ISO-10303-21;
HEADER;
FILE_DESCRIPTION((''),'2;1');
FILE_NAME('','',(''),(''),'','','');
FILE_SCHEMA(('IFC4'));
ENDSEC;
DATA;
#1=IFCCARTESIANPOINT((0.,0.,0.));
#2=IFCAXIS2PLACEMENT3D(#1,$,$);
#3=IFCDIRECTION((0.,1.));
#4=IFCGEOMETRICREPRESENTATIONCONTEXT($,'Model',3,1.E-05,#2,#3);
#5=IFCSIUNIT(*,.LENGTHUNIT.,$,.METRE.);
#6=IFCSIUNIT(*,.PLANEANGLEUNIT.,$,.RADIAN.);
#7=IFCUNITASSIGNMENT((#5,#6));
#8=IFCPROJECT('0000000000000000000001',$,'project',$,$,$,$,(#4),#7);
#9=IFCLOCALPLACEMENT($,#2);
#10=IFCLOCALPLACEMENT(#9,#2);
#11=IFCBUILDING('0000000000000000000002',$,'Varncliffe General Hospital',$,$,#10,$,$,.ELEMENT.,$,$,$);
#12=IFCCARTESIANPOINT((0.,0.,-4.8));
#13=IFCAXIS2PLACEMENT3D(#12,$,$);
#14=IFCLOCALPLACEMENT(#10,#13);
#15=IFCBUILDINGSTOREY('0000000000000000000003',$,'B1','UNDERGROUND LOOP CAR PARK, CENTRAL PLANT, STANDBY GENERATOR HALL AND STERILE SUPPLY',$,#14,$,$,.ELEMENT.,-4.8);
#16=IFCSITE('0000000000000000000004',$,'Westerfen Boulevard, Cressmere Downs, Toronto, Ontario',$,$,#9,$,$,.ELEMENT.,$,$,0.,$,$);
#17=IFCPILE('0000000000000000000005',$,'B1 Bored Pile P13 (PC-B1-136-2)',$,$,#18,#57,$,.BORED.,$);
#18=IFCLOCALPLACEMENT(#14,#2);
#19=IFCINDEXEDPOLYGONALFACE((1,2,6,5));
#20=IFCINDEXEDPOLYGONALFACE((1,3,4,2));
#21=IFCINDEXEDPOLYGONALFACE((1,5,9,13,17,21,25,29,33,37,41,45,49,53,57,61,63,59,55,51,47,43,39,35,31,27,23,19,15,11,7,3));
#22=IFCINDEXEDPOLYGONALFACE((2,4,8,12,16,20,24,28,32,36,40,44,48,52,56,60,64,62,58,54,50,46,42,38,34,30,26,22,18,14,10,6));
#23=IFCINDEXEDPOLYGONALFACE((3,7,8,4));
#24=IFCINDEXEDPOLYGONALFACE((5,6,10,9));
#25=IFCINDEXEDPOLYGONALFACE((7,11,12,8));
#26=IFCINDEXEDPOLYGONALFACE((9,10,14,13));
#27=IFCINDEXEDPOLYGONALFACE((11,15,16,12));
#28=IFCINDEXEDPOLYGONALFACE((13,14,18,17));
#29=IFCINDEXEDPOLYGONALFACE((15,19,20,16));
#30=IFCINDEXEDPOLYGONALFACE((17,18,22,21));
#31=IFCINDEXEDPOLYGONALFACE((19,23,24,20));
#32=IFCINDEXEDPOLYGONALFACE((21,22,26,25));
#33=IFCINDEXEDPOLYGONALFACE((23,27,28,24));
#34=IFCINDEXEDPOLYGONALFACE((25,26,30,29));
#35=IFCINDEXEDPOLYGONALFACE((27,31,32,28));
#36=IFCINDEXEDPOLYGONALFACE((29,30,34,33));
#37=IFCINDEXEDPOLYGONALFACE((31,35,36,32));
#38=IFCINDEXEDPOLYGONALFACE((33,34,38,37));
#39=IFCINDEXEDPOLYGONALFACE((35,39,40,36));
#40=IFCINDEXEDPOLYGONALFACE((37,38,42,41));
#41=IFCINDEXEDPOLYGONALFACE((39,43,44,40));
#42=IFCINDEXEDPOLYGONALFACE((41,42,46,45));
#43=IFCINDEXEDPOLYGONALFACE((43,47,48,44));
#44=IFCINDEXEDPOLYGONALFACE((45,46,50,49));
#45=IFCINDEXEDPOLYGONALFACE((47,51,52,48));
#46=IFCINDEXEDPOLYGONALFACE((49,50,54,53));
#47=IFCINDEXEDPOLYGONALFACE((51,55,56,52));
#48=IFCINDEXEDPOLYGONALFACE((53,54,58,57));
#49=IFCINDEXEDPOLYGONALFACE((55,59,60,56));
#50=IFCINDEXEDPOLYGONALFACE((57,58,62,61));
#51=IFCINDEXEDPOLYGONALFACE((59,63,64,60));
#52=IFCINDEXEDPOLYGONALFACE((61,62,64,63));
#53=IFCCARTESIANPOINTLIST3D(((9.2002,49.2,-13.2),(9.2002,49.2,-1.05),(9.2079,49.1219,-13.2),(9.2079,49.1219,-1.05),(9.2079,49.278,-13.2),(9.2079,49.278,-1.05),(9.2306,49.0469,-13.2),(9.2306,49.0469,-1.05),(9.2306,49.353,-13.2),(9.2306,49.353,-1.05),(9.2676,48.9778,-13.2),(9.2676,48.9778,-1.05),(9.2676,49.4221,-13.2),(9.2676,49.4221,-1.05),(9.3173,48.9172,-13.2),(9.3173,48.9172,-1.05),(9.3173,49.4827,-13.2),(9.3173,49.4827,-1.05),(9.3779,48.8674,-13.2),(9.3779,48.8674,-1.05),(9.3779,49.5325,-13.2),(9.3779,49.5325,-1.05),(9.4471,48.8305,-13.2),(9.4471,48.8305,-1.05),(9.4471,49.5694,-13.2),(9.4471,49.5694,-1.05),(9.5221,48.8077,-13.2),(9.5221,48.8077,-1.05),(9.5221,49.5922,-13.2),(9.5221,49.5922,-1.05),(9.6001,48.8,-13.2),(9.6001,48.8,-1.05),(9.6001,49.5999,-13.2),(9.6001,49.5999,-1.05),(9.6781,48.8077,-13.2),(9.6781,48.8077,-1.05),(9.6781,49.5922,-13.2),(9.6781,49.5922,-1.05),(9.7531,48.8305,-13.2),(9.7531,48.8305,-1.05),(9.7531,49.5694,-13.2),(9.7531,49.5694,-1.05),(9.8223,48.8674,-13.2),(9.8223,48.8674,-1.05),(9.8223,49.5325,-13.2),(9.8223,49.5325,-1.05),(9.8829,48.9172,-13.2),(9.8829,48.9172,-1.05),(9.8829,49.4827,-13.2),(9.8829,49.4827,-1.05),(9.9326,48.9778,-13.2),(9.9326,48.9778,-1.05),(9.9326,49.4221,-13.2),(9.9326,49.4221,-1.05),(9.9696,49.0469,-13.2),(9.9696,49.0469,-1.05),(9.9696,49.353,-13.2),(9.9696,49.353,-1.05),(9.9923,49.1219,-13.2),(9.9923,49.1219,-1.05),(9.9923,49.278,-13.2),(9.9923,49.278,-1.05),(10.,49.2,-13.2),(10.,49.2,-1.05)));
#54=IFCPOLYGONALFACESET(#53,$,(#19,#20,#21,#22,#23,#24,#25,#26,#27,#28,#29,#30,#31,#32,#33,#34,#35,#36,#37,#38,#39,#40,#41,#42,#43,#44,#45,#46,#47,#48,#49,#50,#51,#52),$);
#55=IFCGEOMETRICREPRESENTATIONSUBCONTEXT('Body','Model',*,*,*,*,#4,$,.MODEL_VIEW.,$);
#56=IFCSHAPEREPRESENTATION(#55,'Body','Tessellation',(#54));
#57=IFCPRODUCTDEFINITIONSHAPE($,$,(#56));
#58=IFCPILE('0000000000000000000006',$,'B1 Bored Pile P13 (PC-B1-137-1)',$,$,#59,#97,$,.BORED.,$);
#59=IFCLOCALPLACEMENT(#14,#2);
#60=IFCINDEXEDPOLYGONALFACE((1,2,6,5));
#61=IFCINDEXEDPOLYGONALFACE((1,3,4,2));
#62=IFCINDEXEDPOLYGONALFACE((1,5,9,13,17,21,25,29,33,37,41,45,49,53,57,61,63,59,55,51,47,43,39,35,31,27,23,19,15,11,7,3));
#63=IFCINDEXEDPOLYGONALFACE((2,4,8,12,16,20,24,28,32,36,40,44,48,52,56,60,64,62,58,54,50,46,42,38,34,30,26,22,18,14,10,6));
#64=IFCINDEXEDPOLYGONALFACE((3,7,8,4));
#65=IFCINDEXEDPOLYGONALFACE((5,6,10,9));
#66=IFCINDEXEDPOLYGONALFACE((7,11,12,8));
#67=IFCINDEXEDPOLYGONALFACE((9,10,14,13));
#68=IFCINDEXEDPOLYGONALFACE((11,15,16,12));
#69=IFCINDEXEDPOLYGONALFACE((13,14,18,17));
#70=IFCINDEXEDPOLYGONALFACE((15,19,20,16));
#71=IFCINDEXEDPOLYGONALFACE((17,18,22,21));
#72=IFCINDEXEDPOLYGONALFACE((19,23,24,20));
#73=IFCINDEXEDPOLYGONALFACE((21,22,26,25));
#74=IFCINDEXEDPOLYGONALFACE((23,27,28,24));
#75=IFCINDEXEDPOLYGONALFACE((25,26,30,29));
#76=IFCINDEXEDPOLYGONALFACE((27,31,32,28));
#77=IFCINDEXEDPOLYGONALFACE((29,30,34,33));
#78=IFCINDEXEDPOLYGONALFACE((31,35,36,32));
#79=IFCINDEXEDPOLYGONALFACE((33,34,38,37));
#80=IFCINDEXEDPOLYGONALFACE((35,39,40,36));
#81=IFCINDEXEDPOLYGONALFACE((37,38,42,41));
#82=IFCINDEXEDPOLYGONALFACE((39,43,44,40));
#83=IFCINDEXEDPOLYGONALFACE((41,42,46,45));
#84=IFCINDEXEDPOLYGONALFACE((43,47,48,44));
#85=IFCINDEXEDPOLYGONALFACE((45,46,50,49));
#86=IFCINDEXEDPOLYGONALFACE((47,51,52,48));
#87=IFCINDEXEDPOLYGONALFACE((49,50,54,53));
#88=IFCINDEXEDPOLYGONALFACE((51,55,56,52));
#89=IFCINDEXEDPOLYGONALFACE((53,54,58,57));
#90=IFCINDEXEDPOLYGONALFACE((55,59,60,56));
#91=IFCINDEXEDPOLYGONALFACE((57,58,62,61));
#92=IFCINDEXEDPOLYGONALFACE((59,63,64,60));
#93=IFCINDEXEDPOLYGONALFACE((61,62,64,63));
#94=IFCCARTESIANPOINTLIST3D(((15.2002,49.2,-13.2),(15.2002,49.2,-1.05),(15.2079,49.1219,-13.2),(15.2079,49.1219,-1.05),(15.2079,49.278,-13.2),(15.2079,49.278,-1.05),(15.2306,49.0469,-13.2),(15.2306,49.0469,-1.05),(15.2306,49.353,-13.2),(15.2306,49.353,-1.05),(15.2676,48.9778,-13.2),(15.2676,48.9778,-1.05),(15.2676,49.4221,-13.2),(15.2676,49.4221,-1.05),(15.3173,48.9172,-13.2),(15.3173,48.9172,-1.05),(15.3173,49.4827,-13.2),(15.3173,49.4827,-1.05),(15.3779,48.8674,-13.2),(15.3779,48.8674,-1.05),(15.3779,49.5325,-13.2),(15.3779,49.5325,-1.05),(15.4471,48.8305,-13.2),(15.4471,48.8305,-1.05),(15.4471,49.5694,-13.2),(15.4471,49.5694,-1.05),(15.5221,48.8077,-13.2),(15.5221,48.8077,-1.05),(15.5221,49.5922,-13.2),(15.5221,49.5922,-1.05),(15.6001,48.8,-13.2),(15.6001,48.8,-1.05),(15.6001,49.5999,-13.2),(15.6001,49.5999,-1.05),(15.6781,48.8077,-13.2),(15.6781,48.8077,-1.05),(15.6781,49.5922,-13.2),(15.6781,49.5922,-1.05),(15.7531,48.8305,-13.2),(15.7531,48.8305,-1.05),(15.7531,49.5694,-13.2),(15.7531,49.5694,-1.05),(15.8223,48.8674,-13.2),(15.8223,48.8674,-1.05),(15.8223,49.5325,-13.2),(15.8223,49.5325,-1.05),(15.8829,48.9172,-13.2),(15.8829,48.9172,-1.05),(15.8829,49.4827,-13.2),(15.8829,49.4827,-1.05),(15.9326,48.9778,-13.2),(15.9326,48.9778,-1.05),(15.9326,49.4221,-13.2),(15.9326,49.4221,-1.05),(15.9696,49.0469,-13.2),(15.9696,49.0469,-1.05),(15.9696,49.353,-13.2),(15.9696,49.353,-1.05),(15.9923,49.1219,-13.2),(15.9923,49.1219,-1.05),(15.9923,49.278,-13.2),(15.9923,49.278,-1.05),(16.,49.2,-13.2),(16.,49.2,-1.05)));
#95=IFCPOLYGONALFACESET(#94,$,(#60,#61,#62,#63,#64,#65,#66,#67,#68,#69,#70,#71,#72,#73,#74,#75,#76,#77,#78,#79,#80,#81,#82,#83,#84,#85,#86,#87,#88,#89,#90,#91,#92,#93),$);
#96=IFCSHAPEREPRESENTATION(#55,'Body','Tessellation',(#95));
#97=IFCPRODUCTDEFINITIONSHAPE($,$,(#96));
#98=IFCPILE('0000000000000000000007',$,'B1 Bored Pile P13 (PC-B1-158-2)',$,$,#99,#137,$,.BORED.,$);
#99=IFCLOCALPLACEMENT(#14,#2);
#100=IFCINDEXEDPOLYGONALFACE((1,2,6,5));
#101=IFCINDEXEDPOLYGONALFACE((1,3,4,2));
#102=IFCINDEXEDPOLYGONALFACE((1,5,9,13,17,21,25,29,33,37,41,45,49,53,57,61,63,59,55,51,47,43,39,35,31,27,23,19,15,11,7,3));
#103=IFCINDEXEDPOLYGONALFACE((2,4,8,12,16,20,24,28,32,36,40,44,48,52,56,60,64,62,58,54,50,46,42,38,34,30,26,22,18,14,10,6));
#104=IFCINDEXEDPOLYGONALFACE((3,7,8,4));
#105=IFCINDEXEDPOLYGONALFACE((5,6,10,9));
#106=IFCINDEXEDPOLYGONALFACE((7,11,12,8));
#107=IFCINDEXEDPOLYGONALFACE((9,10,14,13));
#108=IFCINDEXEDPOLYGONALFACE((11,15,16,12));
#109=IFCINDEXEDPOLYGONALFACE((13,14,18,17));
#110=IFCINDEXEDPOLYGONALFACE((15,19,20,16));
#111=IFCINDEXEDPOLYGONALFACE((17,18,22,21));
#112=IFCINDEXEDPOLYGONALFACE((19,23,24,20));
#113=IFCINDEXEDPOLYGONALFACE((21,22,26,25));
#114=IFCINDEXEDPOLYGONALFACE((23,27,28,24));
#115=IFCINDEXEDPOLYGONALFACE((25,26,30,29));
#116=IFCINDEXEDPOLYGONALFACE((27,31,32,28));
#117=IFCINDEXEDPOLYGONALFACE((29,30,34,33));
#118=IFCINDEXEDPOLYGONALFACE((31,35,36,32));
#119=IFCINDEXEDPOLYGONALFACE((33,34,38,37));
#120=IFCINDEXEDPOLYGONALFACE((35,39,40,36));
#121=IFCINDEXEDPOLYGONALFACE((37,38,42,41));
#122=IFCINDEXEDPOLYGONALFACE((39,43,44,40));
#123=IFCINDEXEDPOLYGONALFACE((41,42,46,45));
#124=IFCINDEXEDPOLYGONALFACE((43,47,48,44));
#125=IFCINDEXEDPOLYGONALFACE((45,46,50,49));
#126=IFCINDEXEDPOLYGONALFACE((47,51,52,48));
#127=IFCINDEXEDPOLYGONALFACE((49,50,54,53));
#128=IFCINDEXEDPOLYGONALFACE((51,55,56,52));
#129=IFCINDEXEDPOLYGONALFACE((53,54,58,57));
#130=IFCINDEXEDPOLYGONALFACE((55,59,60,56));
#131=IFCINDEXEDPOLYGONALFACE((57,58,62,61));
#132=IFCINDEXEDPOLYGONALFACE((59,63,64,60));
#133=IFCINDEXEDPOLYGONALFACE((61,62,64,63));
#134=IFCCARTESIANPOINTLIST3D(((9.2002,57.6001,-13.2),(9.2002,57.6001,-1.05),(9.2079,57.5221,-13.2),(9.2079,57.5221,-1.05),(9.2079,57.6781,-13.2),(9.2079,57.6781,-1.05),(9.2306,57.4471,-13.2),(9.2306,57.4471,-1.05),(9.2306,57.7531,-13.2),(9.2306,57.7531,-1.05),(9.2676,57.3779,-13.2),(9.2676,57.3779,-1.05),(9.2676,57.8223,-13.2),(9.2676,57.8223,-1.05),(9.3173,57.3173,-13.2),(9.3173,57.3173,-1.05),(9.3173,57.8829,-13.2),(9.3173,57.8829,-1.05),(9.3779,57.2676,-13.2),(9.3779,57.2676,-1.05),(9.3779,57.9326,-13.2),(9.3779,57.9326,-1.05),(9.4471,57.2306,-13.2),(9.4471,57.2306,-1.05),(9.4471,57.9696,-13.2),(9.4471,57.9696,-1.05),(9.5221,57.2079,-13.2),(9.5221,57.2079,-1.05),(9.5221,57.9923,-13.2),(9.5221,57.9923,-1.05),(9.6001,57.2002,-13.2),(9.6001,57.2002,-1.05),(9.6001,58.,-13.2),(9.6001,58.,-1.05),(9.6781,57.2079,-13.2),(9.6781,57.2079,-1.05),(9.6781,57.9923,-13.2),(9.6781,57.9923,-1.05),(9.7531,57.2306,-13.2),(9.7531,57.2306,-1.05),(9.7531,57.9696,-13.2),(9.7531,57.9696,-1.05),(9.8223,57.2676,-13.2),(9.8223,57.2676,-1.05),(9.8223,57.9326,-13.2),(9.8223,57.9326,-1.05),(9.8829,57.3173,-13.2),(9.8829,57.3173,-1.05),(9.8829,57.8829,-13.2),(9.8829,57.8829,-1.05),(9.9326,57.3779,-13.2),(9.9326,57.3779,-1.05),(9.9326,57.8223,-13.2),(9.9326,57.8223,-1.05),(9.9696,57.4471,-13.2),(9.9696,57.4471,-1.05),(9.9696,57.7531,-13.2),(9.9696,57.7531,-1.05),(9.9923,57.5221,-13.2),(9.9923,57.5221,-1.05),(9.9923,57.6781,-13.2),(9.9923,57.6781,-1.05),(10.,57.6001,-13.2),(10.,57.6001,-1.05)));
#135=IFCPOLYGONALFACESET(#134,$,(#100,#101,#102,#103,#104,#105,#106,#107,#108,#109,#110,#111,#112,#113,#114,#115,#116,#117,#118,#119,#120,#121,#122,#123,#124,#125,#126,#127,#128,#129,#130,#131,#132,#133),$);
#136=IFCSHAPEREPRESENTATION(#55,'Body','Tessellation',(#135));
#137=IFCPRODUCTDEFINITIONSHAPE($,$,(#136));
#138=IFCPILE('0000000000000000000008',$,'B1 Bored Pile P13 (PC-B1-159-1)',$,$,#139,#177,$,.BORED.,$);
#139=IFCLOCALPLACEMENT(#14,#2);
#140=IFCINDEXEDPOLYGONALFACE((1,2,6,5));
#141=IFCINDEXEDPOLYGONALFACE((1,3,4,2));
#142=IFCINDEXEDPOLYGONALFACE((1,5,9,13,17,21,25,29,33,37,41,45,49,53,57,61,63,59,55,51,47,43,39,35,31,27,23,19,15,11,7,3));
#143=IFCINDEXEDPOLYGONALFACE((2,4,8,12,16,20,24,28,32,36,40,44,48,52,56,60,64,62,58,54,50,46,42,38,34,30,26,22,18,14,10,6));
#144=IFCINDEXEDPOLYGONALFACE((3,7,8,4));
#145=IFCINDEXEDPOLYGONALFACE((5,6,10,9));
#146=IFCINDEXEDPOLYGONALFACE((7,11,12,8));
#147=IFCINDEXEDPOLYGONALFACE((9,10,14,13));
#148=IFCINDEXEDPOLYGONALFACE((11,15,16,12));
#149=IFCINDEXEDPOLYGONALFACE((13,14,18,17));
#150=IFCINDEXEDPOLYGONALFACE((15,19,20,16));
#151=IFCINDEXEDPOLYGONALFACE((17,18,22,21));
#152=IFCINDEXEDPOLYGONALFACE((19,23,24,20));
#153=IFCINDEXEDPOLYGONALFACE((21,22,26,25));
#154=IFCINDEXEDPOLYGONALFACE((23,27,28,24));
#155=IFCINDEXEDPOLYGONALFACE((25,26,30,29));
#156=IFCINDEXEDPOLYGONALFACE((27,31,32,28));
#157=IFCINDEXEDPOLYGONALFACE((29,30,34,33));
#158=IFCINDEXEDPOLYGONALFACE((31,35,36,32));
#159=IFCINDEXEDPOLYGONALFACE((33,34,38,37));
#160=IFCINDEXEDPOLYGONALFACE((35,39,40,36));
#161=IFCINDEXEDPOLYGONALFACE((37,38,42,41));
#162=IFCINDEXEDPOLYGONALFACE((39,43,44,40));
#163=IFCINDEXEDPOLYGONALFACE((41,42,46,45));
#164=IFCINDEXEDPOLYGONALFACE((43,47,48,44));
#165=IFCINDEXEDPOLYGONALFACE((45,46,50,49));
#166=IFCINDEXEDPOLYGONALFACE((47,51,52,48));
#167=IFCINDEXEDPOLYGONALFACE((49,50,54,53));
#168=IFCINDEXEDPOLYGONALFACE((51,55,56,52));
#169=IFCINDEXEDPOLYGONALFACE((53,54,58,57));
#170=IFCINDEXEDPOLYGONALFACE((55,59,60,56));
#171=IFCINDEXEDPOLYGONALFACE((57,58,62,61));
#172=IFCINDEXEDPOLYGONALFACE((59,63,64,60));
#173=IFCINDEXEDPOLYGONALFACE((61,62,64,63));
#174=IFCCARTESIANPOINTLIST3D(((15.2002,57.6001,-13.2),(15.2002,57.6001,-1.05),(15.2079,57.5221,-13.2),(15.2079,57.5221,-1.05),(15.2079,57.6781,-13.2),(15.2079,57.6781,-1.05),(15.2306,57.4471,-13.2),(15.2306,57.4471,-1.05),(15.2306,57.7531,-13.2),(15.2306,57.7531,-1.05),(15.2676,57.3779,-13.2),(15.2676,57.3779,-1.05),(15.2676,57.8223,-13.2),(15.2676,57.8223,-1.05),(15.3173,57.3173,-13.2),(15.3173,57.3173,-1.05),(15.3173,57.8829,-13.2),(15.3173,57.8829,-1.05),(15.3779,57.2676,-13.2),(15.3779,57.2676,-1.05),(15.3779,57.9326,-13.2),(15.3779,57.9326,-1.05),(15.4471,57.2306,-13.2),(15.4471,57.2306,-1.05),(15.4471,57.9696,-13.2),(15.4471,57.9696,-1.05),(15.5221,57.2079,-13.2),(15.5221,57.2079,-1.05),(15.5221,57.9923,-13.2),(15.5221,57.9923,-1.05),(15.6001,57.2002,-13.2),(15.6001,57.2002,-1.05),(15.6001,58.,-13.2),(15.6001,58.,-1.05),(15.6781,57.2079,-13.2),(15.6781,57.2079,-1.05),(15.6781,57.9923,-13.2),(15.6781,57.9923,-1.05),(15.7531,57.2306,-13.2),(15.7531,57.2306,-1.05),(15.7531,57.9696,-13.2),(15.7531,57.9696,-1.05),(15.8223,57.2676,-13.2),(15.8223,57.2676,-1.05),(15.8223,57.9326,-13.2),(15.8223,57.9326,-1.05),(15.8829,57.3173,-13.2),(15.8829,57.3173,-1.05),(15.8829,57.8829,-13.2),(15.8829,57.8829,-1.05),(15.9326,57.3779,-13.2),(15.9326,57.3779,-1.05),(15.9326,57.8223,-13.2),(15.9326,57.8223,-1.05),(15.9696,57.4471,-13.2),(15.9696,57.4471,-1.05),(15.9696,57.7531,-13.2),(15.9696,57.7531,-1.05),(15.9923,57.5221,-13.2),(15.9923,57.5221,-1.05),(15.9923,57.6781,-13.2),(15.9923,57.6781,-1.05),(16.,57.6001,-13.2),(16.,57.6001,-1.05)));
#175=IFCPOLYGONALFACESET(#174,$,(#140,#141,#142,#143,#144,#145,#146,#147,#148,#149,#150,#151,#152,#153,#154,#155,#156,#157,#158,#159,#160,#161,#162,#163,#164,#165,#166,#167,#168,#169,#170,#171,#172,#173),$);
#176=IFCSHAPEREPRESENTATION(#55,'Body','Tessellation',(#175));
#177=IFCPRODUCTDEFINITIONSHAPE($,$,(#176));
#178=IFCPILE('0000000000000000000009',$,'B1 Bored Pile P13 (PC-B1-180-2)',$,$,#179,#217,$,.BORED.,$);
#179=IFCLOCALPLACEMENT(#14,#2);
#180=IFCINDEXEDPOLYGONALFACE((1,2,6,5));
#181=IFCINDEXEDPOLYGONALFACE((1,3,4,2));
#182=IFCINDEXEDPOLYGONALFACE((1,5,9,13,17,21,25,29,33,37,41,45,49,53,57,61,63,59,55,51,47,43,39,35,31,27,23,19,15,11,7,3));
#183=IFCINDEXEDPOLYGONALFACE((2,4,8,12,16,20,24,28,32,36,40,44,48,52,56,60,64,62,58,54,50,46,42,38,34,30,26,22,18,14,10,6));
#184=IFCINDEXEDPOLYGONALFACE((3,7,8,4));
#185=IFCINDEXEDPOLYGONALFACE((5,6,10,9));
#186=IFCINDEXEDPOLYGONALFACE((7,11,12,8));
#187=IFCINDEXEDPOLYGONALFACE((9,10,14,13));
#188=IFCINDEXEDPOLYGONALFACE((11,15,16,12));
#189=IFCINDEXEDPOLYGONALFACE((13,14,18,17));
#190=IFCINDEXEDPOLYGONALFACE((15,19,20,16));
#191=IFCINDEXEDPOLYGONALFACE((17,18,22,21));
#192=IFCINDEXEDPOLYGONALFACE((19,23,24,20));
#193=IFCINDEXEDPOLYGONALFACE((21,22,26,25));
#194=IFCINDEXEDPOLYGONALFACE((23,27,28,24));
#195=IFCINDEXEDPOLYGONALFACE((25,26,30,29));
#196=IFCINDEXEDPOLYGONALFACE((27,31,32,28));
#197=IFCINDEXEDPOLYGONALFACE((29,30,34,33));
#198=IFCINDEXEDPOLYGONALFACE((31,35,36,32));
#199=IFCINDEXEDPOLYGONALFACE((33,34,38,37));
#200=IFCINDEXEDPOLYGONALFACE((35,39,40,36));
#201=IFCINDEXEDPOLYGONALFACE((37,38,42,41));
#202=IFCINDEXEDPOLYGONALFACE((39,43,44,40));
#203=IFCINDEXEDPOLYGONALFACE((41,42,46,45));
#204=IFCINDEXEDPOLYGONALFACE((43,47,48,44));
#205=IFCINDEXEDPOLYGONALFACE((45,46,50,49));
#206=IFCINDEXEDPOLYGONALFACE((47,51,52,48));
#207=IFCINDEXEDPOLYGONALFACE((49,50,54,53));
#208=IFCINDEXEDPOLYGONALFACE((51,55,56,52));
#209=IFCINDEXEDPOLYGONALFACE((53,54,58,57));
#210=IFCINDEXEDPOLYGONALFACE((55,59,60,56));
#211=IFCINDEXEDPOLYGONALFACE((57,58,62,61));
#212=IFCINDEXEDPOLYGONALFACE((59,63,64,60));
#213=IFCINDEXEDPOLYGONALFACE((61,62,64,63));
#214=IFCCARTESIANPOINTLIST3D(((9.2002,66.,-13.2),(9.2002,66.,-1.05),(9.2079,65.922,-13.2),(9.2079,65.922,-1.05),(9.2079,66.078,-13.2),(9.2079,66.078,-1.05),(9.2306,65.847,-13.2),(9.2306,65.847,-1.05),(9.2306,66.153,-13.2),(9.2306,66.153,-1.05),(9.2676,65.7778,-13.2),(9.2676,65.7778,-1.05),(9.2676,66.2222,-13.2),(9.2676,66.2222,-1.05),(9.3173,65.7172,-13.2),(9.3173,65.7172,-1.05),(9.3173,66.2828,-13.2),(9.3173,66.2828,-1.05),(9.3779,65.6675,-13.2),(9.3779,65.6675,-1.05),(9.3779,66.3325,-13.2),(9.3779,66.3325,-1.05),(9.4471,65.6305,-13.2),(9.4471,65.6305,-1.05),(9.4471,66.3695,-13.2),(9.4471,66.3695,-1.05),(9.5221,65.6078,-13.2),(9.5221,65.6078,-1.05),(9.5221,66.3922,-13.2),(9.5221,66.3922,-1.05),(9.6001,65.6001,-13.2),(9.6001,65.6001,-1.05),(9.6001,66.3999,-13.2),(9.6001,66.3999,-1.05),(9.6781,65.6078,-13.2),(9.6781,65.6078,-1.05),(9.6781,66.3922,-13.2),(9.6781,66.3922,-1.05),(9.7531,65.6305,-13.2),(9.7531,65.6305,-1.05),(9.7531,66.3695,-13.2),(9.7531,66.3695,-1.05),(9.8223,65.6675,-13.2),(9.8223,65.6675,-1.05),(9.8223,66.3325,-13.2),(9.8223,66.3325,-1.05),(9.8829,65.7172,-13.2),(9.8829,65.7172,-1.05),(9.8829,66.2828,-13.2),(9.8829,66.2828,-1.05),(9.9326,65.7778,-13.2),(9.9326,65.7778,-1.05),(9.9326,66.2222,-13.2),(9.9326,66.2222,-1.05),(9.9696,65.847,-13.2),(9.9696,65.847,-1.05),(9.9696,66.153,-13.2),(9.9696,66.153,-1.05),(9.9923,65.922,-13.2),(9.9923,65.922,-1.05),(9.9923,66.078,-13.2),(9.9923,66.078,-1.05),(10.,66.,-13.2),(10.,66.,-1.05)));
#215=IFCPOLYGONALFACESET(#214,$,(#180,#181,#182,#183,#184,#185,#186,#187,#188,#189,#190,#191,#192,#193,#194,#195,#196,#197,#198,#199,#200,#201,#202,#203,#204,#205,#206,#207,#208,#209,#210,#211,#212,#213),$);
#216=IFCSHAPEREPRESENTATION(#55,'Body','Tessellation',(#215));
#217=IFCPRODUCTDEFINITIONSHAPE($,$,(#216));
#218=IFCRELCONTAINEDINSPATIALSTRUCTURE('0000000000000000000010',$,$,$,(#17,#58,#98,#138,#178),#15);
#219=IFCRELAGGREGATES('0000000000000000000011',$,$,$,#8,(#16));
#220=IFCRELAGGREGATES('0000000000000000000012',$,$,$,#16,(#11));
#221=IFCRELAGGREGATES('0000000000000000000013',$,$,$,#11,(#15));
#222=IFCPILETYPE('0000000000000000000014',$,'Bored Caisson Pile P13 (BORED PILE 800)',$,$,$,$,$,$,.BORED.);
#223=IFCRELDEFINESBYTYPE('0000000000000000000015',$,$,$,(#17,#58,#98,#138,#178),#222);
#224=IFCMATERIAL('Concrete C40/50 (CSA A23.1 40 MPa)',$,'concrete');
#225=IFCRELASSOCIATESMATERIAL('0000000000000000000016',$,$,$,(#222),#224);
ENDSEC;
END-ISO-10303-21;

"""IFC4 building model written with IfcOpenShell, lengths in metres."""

from ifc_helpers import new_model, si_unit, direction, frame, origin, origin_2d, place, context, subcontext, project, spatial, circle, extrude, material, material_profile, profile_set, type_object, element, save


model = new_model("IFC4")

# Units and contexts
model_context = context("Model", 3, precision=1e-05, world=origin(), true_north=direction((0.0, 1.0)))
body_context = subcontext(model_context, "Body", "Model", "MODEL_VIEW")
ifc_project = project(units=[si_unit("LENGTHUNIT", "METRE"), si_unit("PLANEANGLEUNIT", "RADIAN")], contexts=[model_context])

# Site, building, storey
site_placement = place(None, origin())
site = spatial("IfcSite", under=ifc_project, at=site_placement, Name="Westerfen Boulevard, Cressmere Downs, Toronto, Ontario", CompositionType="ELEMENT", RefElevation=0.0)
building_placement = place(site_placement, origin())
building = spatial("IfcBuilding", under=site, at=building_placement, Name="Varncliffe General Hospital", CompositionType="ELEMENT")
storey_placement = place(building_placement, frame((0.0, 0.0, -4.8)))
storey = spatial("IfcBuildingStorey", under=building, at=storey_placement, Name="B1", Description="UNDERGROUND LOOP CAR PARK, CENTRAL PLANT, STANDBY GENERATOR HALL AND STERILE SUPPLY", CompositionType="ELEMENT", Elevation=-4.8)

# Piles
ifc_material_1 = material(Name="Concrete C40/50 (CSA A23.1 40 MPa)", Category="concrete")
ifc_material_profile_1 = material_profile(ifc_material_1, circle(Radius=0.3999, at=origin_2d()), Name="BORED PILE 800")
ifc_profile_set_1 = profile_set([ifc_material_profile_1], Name="Concrete C40/50 (CSA A23.1 40 MPa)")
pile_type = type_object("IfcPileType", Name="Bored Caisson Pile P13 (BORED PILE 800)", PredefinedType="BORED", material=ifc_profile_set_1)
for number, where, z_axis, x_axis, name in (
    (1, (9.6001, 49.2, -1.05), (0.0, 0.0, -1.0), (1.0, 0.0, 0.0), "B1 Bored Pile P13 (PC-B1-136-2)"),
    (2, (15.6001, 49.2, -1.05), (0.0, 0.0, -1.0), (1.0, 0.0, 0.0), "B1 Bored Pile P13 (PC-B1-137-1)"),
    (3, (9.6001, 57.6001, -1.05), (0.0, 0.0, -1.0), (1.0, 0.0, 0.0), "B1 Bored Pile P13 (PC-B1-158-2)"),
    (4, (15.6001, 57.6001, -1.05), (0.0, 0.0, -1.0), (1.0, 0.0, 0.0), "B1 Bored Pile P13 (PC-B1-159-1)"),
    (5, (9.6001, 66.0, -1.05), (0.0, 0.0, -1.0), (1.0, 0.0, 0.0), "B1 Bored Pile P13 (PC-B1-180-2)"),
):
    element("IfcPile", number, at=place(storey_placement, frame(where, z_axis=z_axis, x_axis=x_axis)), inside=storey, type_object=pile_type, Name=name, PredefinedType="BORED", context=body_context, shape_type="SweptSolid", body=[
        extrude(circle(Radius=0.3999, at=origin_2d()), origin(), (0.0, 0.0, 1.0), 12.1499),
    ])

save(model, "model.ifc")
